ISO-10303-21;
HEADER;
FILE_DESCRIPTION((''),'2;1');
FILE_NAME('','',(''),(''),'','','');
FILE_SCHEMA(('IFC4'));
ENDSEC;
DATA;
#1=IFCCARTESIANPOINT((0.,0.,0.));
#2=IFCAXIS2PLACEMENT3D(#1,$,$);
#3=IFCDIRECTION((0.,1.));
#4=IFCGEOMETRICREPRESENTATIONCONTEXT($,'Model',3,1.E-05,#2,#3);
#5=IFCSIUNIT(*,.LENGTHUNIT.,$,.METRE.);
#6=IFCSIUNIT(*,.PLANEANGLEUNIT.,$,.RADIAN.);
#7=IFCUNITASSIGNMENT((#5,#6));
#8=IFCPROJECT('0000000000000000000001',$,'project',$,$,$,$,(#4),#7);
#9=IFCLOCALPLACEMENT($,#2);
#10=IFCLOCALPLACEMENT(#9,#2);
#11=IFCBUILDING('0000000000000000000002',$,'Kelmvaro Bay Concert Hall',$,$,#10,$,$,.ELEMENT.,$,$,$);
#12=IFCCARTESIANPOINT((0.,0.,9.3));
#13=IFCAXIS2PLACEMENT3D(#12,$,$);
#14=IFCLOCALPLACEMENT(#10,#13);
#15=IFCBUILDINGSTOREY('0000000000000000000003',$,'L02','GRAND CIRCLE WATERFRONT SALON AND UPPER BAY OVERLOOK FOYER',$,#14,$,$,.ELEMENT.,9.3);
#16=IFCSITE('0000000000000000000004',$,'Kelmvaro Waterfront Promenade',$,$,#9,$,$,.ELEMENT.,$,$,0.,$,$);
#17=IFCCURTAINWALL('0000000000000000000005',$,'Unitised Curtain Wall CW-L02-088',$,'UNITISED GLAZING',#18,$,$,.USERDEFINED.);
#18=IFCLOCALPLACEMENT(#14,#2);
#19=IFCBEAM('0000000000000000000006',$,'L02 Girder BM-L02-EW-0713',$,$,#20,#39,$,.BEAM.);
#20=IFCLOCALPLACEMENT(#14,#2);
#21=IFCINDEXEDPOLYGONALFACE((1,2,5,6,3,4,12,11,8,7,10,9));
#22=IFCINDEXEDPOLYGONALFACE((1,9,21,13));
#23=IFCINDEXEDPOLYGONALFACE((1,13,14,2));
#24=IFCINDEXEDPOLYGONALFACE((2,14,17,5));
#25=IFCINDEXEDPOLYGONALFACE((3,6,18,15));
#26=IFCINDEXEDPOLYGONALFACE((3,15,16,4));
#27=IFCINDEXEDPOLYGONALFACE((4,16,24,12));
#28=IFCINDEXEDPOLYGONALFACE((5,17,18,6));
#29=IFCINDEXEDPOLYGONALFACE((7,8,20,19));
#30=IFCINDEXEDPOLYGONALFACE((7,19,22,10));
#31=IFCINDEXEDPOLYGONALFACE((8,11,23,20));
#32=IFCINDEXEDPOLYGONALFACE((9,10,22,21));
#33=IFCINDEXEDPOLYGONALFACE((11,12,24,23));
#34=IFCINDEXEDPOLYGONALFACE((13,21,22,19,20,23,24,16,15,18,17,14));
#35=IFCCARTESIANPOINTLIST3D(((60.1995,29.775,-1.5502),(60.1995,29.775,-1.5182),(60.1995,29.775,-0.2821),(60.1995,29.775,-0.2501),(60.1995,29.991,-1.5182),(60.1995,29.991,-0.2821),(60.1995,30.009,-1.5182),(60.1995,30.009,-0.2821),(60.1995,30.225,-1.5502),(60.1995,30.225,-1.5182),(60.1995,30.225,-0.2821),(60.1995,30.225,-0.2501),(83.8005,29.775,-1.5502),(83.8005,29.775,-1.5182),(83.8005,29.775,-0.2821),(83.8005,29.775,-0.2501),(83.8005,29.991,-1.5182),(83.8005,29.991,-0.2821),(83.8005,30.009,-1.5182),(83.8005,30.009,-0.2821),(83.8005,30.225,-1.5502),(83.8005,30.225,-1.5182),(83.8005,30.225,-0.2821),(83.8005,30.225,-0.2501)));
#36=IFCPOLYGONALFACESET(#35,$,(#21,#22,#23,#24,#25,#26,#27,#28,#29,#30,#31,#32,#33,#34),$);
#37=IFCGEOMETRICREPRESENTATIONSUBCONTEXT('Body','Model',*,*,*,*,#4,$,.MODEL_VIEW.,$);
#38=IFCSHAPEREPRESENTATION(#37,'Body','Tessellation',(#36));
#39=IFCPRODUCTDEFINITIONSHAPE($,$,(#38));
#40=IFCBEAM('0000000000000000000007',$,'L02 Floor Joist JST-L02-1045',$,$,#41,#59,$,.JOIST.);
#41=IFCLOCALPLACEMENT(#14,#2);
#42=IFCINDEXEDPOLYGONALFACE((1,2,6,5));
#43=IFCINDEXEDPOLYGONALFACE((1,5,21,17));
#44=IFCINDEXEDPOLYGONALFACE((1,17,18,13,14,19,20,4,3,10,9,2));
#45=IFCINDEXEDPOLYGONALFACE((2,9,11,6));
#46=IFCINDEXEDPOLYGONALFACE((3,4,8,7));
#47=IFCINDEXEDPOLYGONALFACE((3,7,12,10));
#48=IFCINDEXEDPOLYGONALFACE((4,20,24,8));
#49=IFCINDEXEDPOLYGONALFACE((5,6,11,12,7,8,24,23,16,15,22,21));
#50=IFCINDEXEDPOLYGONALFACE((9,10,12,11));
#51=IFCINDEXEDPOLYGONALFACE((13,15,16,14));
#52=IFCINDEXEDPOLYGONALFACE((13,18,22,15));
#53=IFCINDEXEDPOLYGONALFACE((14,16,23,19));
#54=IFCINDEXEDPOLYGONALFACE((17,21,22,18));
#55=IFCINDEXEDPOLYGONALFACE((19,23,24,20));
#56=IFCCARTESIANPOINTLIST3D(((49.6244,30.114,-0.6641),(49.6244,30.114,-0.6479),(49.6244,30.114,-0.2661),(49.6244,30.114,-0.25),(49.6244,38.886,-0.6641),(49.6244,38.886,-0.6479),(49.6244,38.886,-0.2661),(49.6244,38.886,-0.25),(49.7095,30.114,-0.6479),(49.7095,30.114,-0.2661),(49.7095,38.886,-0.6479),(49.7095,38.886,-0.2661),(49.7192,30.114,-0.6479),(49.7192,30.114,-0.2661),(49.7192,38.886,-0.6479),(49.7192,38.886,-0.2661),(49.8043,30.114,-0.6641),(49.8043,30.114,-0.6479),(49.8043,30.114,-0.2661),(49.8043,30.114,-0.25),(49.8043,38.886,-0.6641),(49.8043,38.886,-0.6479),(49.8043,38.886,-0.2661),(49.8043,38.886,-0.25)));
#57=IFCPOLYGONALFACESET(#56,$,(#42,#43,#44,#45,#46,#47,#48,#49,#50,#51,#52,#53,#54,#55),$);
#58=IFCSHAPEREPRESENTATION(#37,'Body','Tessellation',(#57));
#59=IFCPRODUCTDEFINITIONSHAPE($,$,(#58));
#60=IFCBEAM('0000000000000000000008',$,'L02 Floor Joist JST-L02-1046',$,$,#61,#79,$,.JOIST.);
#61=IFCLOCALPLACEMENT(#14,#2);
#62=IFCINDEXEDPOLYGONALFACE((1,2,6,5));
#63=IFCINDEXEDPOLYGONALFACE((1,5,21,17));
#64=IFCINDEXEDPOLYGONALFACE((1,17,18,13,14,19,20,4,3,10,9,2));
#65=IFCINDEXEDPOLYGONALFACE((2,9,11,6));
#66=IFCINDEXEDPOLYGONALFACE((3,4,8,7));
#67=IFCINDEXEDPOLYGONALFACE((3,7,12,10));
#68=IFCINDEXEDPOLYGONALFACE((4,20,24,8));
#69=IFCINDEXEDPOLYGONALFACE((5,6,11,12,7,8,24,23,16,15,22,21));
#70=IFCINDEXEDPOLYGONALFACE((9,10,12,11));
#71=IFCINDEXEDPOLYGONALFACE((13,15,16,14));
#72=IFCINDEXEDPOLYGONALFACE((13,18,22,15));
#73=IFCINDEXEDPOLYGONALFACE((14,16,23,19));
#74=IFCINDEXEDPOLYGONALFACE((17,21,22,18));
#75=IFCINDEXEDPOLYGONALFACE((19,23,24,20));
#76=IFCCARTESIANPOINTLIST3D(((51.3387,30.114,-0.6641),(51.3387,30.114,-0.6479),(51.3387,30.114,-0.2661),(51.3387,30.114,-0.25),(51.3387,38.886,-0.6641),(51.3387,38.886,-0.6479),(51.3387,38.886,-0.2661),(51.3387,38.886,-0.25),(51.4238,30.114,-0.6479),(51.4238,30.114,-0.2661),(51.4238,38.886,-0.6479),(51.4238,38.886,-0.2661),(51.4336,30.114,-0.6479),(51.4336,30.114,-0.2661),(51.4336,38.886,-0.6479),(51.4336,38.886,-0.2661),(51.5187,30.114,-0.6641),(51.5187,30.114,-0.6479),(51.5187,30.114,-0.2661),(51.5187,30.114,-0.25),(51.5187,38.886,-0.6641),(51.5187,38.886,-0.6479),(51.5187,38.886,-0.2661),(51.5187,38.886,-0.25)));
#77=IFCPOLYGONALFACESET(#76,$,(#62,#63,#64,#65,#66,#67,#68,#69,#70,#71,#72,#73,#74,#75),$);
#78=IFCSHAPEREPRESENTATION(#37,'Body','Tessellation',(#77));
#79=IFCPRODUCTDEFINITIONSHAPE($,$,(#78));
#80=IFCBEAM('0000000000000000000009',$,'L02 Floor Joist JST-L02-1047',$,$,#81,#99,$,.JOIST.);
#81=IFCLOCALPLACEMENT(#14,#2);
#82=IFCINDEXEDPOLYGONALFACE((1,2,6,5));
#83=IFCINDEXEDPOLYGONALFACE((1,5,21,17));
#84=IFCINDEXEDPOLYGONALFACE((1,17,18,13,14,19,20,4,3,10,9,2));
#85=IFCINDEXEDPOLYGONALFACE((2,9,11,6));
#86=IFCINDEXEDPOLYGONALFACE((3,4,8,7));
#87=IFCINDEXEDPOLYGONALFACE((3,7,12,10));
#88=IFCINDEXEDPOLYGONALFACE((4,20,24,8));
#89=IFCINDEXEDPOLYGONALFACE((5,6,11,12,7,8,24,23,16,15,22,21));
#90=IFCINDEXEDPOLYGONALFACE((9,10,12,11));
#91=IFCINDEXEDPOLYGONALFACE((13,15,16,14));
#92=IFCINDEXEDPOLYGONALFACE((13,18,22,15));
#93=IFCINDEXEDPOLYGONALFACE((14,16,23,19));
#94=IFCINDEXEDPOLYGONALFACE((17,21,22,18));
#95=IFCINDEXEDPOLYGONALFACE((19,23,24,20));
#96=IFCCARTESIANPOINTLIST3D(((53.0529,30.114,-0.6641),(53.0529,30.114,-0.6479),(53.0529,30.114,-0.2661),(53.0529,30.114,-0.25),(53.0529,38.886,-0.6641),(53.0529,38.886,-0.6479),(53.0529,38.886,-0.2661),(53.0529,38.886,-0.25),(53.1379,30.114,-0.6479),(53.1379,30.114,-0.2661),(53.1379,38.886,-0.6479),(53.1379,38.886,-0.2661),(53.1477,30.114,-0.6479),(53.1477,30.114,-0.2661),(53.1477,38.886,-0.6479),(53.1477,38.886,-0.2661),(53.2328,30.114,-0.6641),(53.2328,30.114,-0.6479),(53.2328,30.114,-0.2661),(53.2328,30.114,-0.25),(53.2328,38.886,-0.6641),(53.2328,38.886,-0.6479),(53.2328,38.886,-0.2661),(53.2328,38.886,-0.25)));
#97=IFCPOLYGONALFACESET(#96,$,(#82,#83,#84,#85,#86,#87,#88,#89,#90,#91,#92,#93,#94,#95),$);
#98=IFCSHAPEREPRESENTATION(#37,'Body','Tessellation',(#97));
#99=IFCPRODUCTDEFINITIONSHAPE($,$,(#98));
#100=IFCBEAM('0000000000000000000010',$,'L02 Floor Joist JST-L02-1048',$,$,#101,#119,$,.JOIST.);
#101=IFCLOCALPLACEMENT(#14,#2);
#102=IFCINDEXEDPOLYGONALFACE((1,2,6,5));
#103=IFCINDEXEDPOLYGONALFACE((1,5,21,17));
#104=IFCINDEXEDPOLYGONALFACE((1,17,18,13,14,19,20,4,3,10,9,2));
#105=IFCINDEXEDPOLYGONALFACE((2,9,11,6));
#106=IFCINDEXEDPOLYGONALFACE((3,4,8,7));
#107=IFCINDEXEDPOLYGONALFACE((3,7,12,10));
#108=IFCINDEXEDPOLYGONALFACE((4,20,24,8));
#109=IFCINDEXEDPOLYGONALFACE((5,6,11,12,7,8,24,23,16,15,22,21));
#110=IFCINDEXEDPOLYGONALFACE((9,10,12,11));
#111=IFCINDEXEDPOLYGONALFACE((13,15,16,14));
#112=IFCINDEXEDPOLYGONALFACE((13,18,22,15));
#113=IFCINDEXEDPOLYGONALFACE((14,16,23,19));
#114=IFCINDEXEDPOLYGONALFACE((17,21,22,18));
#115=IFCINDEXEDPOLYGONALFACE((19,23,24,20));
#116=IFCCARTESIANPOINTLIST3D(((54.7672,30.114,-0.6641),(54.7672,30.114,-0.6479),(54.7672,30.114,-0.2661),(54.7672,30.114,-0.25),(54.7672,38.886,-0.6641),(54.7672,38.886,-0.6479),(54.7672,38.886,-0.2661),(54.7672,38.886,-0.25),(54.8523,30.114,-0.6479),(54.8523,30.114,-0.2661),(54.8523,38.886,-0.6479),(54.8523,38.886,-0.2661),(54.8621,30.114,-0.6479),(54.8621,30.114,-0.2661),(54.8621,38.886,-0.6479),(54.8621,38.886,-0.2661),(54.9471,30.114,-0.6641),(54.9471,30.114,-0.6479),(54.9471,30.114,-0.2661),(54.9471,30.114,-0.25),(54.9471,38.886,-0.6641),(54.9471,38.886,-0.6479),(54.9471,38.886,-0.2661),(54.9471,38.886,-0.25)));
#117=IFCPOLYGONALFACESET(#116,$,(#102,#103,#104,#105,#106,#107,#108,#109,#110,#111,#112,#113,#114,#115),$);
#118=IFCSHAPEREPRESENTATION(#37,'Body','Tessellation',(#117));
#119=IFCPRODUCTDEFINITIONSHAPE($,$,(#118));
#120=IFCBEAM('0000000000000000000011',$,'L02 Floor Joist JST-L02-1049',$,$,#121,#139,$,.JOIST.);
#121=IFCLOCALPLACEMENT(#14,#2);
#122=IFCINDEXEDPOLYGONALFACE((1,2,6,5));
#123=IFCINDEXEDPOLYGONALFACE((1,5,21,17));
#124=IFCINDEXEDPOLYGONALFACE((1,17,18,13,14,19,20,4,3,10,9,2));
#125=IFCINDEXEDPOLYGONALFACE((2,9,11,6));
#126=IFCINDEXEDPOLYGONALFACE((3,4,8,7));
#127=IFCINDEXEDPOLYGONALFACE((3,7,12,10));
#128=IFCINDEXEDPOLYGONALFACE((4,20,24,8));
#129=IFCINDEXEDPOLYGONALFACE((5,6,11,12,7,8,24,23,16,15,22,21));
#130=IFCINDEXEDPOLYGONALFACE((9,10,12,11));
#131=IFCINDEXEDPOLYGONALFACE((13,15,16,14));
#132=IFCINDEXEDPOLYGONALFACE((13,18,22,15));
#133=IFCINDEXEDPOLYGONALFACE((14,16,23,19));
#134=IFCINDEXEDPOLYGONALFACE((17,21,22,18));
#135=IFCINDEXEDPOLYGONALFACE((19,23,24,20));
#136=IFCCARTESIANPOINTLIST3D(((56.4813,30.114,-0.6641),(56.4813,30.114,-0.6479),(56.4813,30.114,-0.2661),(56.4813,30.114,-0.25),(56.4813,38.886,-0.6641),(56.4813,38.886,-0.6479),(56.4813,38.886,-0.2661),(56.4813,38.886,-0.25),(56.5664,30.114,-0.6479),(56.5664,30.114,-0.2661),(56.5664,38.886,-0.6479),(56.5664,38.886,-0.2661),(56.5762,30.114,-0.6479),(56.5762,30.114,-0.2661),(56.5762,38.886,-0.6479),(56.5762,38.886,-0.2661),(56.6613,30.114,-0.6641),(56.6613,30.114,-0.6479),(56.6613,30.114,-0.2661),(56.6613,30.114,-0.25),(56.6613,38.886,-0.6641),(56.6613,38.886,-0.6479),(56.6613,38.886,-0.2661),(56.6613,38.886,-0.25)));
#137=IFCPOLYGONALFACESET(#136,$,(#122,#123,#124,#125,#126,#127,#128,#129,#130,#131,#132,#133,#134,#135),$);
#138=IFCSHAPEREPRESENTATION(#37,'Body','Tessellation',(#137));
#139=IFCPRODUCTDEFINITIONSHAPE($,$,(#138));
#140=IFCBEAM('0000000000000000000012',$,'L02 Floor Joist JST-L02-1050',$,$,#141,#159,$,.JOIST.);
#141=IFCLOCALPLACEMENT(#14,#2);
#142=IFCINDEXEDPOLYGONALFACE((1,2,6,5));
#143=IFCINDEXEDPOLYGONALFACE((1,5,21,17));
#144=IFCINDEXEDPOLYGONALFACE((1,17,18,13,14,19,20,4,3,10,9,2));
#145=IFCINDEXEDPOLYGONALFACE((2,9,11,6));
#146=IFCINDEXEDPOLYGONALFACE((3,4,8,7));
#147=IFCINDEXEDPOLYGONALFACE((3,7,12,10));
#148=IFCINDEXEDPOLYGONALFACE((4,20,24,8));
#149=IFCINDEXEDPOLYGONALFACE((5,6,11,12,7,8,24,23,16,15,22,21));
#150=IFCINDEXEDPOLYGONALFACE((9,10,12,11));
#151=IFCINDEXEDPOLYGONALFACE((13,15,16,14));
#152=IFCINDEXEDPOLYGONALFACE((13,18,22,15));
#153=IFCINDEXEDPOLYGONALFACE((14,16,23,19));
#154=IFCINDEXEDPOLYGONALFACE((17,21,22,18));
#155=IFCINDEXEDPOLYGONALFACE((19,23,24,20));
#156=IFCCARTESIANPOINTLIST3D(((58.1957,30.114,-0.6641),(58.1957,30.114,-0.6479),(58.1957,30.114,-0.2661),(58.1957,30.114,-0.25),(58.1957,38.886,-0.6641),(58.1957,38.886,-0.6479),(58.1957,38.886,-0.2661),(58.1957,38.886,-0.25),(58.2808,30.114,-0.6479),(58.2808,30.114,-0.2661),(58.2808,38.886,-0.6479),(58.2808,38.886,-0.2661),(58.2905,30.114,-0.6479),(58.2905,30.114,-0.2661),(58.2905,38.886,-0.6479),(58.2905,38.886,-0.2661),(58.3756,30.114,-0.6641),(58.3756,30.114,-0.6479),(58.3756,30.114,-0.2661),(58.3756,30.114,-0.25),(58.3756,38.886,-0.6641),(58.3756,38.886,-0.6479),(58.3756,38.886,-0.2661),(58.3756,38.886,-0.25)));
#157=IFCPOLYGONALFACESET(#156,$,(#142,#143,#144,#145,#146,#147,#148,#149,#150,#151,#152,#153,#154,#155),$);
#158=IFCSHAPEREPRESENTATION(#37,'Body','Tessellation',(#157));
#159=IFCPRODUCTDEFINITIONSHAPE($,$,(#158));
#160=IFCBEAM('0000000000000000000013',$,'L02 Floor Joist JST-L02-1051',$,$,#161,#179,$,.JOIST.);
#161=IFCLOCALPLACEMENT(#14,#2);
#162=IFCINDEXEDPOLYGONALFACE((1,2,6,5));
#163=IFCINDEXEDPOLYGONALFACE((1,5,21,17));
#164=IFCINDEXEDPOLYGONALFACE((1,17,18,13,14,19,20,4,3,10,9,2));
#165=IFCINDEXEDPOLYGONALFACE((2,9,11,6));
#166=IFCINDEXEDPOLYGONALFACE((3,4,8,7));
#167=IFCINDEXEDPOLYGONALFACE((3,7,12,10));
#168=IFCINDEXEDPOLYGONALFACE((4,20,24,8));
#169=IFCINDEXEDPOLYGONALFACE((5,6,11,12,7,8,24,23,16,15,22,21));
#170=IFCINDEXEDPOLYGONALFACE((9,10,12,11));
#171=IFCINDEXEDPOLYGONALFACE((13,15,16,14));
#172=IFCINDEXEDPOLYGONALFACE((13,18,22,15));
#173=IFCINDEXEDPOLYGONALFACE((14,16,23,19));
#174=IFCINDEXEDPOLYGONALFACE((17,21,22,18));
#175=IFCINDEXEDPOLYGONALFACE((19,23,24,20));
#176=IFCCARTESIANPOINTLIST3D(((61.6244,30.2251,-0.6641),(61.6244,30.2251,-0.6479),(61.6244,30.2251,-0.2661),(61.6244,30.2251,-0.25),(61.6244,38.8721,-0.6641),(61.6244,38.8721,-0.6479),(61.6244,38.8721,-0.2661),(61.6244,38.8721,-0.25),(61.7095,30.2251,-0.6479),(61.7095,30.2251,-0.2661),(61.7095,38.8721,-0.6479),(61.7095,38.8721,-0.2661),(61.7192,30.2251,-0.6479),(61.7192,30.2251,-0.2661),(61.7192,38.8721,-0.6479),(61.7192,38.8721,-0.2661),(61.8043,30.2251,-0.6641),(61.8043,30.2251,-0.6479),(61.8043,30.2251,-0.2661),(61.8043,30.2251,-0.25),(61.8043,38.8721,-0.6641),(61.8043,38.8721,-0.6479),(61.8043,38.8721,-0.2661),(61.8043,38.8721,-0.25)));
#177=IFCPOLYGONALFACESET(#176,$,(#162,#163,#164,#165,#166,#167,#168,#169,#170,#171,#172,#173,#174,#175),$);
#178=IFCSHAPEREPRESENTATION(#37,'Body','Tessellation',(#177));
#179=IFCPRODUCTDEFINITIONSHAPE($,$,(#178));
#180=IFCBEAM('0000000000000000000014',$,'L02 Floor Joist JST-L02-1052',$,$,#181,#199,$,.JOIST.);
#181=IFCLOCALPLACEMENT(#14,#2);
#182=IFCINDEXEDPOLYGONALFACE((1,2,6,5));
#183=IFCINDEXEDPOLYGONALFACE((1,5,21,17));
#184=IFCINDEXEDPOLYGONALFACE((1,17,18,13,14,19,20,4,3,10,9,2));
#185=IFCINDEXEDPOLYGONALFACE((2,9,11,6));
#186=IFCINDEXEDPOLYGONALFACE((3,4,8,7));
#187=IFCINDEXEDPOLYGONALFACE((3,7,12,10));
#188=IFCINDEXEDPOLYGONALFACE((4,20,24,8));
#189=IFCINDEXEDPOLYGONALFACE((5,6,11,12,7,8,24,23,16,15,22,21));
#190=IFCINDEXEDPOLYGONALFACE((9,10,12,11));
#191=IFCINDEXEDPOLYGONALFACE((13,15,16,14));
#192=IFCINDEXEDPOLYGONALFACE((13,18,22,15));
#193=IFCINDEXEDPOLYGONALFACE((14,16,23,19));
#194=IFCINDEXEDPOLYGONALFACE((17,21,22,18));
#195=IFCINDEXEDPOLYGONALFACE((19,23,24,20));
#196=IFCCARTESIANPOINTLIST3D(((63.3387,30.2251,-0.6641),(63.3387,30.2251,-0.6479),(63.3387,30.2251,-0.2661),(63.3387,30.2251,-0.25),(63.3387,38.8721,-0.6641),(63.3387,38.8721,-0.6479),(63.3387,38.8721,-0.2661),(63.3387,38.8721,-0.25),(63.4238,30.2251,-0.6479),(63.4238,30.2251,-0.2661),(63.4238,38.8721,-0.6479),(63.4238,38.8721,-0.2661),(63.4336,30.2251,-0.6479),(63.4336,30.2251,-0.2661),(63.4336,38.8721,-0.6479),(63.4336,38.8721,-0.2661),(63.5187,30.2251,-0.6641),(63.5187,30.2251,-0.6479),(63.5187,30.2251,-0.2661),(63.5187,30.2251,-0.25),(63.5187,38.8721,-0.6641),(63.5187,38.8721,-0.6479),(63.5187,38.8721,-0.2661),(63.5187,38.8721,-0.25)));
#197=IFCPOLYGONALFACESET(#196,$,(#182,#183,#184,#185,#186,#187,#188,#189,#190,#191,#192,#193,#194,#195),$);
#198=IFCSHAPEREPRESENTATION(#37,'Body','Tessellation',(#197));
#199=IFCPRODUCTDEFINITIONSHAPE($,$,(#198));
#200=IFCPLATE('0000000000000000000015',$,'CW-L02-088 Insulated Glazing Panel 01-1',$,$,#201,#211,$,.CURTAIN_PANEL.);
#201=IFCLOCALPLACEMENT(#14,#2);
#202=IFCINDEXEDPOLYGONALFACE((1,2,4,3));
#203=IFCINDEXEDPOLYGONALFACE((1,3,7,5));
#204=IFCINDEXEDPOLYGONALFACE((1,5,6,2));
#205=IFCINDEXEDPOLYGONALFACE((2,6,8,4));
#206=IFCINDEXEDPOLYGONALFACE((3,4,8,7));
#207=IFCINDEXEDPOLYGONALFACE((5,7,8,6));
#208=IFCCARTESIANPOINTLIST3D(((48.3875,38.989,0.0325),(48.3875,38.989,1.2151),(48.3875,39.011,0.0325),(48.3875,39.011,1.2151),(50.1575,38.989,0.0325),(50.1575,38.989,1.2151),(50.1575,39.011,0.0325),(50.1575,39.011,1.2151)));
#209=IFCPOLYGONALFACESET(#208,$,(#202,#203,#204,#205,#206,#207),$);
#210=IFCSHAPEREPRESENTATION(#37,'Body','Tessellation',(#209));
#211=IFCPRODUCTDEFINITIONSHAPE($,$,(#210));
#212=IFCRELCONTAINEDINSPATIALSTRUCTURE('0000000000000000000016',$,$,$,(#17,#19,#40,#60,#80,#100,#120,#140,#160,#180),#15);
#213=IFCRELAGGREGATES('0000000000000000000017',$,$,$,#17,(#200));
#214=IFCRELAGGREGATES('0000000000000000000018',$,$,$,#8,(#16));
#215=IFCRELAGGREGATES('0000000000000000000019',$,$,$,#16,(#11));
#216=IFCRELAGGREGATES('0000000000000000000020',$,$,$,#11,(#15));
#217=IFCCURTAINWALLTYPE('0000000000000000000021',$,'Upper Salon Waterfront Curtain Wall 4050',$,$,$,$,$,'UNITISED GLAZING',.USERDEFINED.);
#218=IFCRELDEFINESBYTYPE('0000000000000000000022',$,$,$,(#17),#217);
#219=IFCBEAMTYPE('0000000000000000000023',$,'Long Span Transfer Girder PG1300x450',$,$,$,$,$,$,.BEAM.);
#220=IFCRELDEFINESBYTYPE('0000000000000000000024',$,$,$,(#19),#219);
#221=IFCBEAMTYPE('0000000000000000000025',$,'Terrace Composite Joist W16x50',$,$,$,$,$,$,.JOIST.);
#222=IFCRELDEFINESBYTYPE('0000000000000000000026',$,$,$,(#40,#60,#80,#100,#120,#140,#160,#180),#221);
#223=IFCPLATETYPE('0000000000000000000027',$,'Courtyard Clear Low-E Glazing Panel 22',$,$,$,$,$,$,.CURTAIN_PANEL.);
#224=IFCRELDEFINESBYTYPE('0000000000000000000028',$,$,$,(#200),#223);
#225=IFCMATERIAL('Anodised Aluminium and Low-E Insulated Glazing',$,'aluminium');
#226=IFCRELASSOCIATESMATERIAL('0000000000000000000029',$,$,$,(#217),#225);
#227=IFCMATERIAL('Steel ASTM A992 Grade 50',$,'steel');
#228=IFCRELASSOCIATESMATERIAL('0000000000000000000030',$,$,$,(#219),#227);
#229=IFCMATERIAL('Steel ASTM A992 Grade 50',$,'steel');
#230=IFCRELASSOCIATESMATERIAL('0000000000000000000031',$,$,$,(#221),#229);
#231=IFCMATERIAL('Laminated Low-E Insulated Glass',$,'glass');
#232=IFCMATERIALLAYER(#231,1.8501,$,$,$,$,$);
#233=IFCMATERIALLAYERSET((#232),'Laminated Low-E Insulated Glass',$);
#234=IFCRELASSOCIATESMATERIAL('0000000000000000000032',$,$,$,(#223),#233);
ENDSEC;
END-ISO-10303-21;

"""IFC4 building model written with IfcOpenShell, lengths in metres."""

from ifc_helpers import new_model, si_unit, direction, frame, origin, origin_2d, place, context, subcontext, project, spatial, rectangle, i_section, extrude, material, layer, layer_set, material_profile, profile_set, type_object, element, aggregate, save


model = new_model("IFC4")

# Units and contexts
model_context = context("Model", 3, precision=1e-05, world=origin(), true_north=direction((0.0, 1.0)))
body_context = subcontext(model_context, "Body", "Model", "MODEL_VIEW")
ifc_project = project(units=[si_unit("LENGTHUNIT", "METRE"), si_unit("PLANEANGLEUNIT", "RADIAN")], contexts=[model_context])

# Site, building, storey
site_placement = place(None, origin())
site = spatial("IfcSite", under=ifc_project, at=site_placement, Name="Kelmvaro Waterfront Promenade", CompositionType="ELEMENT", RefElevation=0.0)
building_placement = place(site_placement, origin())
building = spatial("IfcBuilding", under=site, at=building_placement, Name="Kelmvaro Bay Concert Hall", CompositionType="ELEMENT")
storey_placement = place(building_placement, frame((0.0, 0.0, 9.3)))
storey = spatial("IfcBuildingStorey", under=building, at=storey_placement, Name="L02", Description="GRAND CIRCLE WATERFRONT SALON AND UPPER BAY OVERLOOK FOYER", CompositionType="ELEMENT", Elevation=9.3)

# Curtain wall
ifc_material_1 = material(Name="Anodised Aluminium and Low-E Insulated Glazing", Category="aluminium")
curtain_wall_type = type_object("IfcCurtainWallType", Name="Upper Salon Waterfront Curtain Wall 4050", ElementType="UNITISED GLAZING", PredefinedType="USERDEFINED", material=ifc_material_1)
curtain_wall_placement = place(storey_placement, origin())
curtain_wall = element("IfcCurtainWall", 1, at=curtain_wall_placement, inside=storey, type_object=curtain_wall_type, Name="Unitised Curtain Wall CW-L02-088", ObjectType="UNITISED GLAZING", PredefinedType="USERDEFINED")

# Beams
ifc_material_2 = material(Name="Steel ASTM A992 Grade 50", Category="steel")
ifc_material_profile_1 = material_profile(ifc_material_2, i_section(OverallWidth=0.45, OverallDepth=1.3, WebThickness=0.0181, FlangeThickness=0.032, at=origin_2d()), Name="PG1300X450")
ifc_profile_set_1 = profile_set([ifc_material_profile_1], Name="Steel ASTM A992 Grade 50")
beam_type_1 = type_object("IfcBeamType", Name="Long Span Transfer Girder PG1300x450", PredefinedType="BEAM", material=ifc_profile_set_1)
beam_1_placement = place(storey_placement, frame((60.1995, 30.0, -0.9001), z_axis=(1.0, 0.0, 0.0), x_axis=(0.0, 1.0, 0.0)))
element("IfcBeam", 2, at=beam_1_placement, inside=storey, type_object=beam_type_1, Name="L02 Girder BM-L02-EW-0713", PredefinedType="BEAM", context=body_context, shape_type="SweptSolid", body=[
    extrude(i_section(OverallWidth=0.45, OverallDepth=1.3, WebThickness=0.0181, FlangeThickness=0.032, at=origin_2d()), origin(), (0.0, 0.0, 1.0), 23.6011),
])
ifc_material_3 = material(Name="Steel ASTM A992 Grade 50", Category="steel")
ifc_material_profile_2 = material_profile(ifc_material_3, i_section(OverallWidth=0.1799, OverallDepth=0.4141, WebThickness=0.0098, FlangeThickness=0.0161, at=origin_2d()), Name="W16X50")
ifc_profile_set_2 = profile_set([ifc_material_profile_2], Name="Steel ASTM A992 Grade 50")
beam_type_2 = type_object("IfcBeamType", Name="Terrace Composite Joist W16x50", PredefinedType="JOIST", material=ifc_profile_set_2)
for number, where, z_axis, x_axis, name in (
    (3, (49.7144, 30.114, -0.457), (0.0, 1.0, 0.0), (-1.0, 0.0, 0.0), "L02 Floor Joist JST-L02-1045"),
    (4, (51.4287, 30.114, -0.457), (0.0, 1.0, 0.0), (-1.0, 0.0, 0.0), "L02 Floor Joist JST-L02-1046"),
    (5, (53.1428, 30.114, -0.457), (0.0, 1.0, 0.0), (-1.0, 0.0, 0.0), "L02 Floor Joist JST-L02-1047"),
    (6, (54.8572, 30.114, -0.457), (0.0, 1.0, 0.0), (-1.0, 0.0, 0.0), "L02 Floor Joist JST-L02-1048"),
    (7, (56.5713, 30.114, -0.457), (0.0, 1.0, 0.0), (-1.0, 0.0, 0.0), "L02 Floor Joist JST-L02-1049"),
    (8, (58.2856, 30.114, -0.457), (0.0, 1.0, 0.0), (-1.0, 0.0, 0.0), "L02 Floor Joist JST-L02-1050"),
):
    element("IfcBeam", number, at=place(storey_placement, frame(where, z_axis=z_axis, x_axis=x_axis)), inside=storey, type_object=beam_type_2, Name=name, PredefinedType="JOIST", context=body_context, shape_type="SweptSolid", body=[
        extrude(i_section(OverallWidth=0.1799, OverallDepth=0.4141, WebThickness=0.0098, FlangeThickness=0.0161, at=origin_2d()), origin(), (0.0, 0.0, 1.0), 8.772),
    ])
for number, where, z_axis, x_axis, name in (
    (9, (61.7144, 30.2251, -0.457), (0.0, 1.0, 0.0), (-1.0, 0.0, 0.0), "L02 Floor Joist JST-L02-1051"),
    (10, (63.4287, 30.2251, -0.457), (0.0, 1.0, 0.0), (-1.0, 0.0, 0.0), "L02 Floor Joist JST-L02-1052"),
):
    element("IfcBeam", number, at=place(storey_placement, frame(where, z_axis=z_axis, x_axis=x_axis)), inside=storey, type_object=beam_type_2, Name=name, PredefinedType="JOIST", context=body_context, shape_type="SweptSolid", body=[
        extrude(i_section(OverallWidth=0.1799, OverallDepth=0.4141, WebThickness=0.0098, FlangeThickness=0.0161, at=origin_2d()), origin(), (0.0, 0.0, 1.0), 8.647),
    ])

# Plate
ifc_material_4 = material(Name="Laminated Low-E Insulated Glass", Category="glass")
ifc_layer_1 = layer(ifc_material_4, 1.8501)
ifc_layer_set_1 = layer_set([ifc_layer_1], Name="Laminated Low-E Insulated Glass")
plate_type = type_object("IfcPlateType", Name="Courtyard Clear Low-E Glazing Panel 22", PredefinedType="CURTAIN_PANEL", material=ifc_layer_set_1)
plate_1_placement = place(storey_placement, frame((49.2725, 39.0, 0.0325), z_axis=(0.0, 0.0, 1.0), x_axis=(1.0, 0.0, 0.0)))
plate_1 = element("IfcPlate", 11, at=plate_1_placement, type_object=plate_type, Name="CW-L02-088 Insulated Glazing Panel 01-1", PredefinedType="CURTAIN_PANEL", context=body_context, shape_type="SweptSolid", body=[
    extrude(rectangle(XDim=1.77, YDim=0.022, at=origin_2d()), origin(), (0.0, 0.0, 1.0), 1.1826),
])
aggregate(curtain_wall, [plate_1])

save(model, "model.ifc")
